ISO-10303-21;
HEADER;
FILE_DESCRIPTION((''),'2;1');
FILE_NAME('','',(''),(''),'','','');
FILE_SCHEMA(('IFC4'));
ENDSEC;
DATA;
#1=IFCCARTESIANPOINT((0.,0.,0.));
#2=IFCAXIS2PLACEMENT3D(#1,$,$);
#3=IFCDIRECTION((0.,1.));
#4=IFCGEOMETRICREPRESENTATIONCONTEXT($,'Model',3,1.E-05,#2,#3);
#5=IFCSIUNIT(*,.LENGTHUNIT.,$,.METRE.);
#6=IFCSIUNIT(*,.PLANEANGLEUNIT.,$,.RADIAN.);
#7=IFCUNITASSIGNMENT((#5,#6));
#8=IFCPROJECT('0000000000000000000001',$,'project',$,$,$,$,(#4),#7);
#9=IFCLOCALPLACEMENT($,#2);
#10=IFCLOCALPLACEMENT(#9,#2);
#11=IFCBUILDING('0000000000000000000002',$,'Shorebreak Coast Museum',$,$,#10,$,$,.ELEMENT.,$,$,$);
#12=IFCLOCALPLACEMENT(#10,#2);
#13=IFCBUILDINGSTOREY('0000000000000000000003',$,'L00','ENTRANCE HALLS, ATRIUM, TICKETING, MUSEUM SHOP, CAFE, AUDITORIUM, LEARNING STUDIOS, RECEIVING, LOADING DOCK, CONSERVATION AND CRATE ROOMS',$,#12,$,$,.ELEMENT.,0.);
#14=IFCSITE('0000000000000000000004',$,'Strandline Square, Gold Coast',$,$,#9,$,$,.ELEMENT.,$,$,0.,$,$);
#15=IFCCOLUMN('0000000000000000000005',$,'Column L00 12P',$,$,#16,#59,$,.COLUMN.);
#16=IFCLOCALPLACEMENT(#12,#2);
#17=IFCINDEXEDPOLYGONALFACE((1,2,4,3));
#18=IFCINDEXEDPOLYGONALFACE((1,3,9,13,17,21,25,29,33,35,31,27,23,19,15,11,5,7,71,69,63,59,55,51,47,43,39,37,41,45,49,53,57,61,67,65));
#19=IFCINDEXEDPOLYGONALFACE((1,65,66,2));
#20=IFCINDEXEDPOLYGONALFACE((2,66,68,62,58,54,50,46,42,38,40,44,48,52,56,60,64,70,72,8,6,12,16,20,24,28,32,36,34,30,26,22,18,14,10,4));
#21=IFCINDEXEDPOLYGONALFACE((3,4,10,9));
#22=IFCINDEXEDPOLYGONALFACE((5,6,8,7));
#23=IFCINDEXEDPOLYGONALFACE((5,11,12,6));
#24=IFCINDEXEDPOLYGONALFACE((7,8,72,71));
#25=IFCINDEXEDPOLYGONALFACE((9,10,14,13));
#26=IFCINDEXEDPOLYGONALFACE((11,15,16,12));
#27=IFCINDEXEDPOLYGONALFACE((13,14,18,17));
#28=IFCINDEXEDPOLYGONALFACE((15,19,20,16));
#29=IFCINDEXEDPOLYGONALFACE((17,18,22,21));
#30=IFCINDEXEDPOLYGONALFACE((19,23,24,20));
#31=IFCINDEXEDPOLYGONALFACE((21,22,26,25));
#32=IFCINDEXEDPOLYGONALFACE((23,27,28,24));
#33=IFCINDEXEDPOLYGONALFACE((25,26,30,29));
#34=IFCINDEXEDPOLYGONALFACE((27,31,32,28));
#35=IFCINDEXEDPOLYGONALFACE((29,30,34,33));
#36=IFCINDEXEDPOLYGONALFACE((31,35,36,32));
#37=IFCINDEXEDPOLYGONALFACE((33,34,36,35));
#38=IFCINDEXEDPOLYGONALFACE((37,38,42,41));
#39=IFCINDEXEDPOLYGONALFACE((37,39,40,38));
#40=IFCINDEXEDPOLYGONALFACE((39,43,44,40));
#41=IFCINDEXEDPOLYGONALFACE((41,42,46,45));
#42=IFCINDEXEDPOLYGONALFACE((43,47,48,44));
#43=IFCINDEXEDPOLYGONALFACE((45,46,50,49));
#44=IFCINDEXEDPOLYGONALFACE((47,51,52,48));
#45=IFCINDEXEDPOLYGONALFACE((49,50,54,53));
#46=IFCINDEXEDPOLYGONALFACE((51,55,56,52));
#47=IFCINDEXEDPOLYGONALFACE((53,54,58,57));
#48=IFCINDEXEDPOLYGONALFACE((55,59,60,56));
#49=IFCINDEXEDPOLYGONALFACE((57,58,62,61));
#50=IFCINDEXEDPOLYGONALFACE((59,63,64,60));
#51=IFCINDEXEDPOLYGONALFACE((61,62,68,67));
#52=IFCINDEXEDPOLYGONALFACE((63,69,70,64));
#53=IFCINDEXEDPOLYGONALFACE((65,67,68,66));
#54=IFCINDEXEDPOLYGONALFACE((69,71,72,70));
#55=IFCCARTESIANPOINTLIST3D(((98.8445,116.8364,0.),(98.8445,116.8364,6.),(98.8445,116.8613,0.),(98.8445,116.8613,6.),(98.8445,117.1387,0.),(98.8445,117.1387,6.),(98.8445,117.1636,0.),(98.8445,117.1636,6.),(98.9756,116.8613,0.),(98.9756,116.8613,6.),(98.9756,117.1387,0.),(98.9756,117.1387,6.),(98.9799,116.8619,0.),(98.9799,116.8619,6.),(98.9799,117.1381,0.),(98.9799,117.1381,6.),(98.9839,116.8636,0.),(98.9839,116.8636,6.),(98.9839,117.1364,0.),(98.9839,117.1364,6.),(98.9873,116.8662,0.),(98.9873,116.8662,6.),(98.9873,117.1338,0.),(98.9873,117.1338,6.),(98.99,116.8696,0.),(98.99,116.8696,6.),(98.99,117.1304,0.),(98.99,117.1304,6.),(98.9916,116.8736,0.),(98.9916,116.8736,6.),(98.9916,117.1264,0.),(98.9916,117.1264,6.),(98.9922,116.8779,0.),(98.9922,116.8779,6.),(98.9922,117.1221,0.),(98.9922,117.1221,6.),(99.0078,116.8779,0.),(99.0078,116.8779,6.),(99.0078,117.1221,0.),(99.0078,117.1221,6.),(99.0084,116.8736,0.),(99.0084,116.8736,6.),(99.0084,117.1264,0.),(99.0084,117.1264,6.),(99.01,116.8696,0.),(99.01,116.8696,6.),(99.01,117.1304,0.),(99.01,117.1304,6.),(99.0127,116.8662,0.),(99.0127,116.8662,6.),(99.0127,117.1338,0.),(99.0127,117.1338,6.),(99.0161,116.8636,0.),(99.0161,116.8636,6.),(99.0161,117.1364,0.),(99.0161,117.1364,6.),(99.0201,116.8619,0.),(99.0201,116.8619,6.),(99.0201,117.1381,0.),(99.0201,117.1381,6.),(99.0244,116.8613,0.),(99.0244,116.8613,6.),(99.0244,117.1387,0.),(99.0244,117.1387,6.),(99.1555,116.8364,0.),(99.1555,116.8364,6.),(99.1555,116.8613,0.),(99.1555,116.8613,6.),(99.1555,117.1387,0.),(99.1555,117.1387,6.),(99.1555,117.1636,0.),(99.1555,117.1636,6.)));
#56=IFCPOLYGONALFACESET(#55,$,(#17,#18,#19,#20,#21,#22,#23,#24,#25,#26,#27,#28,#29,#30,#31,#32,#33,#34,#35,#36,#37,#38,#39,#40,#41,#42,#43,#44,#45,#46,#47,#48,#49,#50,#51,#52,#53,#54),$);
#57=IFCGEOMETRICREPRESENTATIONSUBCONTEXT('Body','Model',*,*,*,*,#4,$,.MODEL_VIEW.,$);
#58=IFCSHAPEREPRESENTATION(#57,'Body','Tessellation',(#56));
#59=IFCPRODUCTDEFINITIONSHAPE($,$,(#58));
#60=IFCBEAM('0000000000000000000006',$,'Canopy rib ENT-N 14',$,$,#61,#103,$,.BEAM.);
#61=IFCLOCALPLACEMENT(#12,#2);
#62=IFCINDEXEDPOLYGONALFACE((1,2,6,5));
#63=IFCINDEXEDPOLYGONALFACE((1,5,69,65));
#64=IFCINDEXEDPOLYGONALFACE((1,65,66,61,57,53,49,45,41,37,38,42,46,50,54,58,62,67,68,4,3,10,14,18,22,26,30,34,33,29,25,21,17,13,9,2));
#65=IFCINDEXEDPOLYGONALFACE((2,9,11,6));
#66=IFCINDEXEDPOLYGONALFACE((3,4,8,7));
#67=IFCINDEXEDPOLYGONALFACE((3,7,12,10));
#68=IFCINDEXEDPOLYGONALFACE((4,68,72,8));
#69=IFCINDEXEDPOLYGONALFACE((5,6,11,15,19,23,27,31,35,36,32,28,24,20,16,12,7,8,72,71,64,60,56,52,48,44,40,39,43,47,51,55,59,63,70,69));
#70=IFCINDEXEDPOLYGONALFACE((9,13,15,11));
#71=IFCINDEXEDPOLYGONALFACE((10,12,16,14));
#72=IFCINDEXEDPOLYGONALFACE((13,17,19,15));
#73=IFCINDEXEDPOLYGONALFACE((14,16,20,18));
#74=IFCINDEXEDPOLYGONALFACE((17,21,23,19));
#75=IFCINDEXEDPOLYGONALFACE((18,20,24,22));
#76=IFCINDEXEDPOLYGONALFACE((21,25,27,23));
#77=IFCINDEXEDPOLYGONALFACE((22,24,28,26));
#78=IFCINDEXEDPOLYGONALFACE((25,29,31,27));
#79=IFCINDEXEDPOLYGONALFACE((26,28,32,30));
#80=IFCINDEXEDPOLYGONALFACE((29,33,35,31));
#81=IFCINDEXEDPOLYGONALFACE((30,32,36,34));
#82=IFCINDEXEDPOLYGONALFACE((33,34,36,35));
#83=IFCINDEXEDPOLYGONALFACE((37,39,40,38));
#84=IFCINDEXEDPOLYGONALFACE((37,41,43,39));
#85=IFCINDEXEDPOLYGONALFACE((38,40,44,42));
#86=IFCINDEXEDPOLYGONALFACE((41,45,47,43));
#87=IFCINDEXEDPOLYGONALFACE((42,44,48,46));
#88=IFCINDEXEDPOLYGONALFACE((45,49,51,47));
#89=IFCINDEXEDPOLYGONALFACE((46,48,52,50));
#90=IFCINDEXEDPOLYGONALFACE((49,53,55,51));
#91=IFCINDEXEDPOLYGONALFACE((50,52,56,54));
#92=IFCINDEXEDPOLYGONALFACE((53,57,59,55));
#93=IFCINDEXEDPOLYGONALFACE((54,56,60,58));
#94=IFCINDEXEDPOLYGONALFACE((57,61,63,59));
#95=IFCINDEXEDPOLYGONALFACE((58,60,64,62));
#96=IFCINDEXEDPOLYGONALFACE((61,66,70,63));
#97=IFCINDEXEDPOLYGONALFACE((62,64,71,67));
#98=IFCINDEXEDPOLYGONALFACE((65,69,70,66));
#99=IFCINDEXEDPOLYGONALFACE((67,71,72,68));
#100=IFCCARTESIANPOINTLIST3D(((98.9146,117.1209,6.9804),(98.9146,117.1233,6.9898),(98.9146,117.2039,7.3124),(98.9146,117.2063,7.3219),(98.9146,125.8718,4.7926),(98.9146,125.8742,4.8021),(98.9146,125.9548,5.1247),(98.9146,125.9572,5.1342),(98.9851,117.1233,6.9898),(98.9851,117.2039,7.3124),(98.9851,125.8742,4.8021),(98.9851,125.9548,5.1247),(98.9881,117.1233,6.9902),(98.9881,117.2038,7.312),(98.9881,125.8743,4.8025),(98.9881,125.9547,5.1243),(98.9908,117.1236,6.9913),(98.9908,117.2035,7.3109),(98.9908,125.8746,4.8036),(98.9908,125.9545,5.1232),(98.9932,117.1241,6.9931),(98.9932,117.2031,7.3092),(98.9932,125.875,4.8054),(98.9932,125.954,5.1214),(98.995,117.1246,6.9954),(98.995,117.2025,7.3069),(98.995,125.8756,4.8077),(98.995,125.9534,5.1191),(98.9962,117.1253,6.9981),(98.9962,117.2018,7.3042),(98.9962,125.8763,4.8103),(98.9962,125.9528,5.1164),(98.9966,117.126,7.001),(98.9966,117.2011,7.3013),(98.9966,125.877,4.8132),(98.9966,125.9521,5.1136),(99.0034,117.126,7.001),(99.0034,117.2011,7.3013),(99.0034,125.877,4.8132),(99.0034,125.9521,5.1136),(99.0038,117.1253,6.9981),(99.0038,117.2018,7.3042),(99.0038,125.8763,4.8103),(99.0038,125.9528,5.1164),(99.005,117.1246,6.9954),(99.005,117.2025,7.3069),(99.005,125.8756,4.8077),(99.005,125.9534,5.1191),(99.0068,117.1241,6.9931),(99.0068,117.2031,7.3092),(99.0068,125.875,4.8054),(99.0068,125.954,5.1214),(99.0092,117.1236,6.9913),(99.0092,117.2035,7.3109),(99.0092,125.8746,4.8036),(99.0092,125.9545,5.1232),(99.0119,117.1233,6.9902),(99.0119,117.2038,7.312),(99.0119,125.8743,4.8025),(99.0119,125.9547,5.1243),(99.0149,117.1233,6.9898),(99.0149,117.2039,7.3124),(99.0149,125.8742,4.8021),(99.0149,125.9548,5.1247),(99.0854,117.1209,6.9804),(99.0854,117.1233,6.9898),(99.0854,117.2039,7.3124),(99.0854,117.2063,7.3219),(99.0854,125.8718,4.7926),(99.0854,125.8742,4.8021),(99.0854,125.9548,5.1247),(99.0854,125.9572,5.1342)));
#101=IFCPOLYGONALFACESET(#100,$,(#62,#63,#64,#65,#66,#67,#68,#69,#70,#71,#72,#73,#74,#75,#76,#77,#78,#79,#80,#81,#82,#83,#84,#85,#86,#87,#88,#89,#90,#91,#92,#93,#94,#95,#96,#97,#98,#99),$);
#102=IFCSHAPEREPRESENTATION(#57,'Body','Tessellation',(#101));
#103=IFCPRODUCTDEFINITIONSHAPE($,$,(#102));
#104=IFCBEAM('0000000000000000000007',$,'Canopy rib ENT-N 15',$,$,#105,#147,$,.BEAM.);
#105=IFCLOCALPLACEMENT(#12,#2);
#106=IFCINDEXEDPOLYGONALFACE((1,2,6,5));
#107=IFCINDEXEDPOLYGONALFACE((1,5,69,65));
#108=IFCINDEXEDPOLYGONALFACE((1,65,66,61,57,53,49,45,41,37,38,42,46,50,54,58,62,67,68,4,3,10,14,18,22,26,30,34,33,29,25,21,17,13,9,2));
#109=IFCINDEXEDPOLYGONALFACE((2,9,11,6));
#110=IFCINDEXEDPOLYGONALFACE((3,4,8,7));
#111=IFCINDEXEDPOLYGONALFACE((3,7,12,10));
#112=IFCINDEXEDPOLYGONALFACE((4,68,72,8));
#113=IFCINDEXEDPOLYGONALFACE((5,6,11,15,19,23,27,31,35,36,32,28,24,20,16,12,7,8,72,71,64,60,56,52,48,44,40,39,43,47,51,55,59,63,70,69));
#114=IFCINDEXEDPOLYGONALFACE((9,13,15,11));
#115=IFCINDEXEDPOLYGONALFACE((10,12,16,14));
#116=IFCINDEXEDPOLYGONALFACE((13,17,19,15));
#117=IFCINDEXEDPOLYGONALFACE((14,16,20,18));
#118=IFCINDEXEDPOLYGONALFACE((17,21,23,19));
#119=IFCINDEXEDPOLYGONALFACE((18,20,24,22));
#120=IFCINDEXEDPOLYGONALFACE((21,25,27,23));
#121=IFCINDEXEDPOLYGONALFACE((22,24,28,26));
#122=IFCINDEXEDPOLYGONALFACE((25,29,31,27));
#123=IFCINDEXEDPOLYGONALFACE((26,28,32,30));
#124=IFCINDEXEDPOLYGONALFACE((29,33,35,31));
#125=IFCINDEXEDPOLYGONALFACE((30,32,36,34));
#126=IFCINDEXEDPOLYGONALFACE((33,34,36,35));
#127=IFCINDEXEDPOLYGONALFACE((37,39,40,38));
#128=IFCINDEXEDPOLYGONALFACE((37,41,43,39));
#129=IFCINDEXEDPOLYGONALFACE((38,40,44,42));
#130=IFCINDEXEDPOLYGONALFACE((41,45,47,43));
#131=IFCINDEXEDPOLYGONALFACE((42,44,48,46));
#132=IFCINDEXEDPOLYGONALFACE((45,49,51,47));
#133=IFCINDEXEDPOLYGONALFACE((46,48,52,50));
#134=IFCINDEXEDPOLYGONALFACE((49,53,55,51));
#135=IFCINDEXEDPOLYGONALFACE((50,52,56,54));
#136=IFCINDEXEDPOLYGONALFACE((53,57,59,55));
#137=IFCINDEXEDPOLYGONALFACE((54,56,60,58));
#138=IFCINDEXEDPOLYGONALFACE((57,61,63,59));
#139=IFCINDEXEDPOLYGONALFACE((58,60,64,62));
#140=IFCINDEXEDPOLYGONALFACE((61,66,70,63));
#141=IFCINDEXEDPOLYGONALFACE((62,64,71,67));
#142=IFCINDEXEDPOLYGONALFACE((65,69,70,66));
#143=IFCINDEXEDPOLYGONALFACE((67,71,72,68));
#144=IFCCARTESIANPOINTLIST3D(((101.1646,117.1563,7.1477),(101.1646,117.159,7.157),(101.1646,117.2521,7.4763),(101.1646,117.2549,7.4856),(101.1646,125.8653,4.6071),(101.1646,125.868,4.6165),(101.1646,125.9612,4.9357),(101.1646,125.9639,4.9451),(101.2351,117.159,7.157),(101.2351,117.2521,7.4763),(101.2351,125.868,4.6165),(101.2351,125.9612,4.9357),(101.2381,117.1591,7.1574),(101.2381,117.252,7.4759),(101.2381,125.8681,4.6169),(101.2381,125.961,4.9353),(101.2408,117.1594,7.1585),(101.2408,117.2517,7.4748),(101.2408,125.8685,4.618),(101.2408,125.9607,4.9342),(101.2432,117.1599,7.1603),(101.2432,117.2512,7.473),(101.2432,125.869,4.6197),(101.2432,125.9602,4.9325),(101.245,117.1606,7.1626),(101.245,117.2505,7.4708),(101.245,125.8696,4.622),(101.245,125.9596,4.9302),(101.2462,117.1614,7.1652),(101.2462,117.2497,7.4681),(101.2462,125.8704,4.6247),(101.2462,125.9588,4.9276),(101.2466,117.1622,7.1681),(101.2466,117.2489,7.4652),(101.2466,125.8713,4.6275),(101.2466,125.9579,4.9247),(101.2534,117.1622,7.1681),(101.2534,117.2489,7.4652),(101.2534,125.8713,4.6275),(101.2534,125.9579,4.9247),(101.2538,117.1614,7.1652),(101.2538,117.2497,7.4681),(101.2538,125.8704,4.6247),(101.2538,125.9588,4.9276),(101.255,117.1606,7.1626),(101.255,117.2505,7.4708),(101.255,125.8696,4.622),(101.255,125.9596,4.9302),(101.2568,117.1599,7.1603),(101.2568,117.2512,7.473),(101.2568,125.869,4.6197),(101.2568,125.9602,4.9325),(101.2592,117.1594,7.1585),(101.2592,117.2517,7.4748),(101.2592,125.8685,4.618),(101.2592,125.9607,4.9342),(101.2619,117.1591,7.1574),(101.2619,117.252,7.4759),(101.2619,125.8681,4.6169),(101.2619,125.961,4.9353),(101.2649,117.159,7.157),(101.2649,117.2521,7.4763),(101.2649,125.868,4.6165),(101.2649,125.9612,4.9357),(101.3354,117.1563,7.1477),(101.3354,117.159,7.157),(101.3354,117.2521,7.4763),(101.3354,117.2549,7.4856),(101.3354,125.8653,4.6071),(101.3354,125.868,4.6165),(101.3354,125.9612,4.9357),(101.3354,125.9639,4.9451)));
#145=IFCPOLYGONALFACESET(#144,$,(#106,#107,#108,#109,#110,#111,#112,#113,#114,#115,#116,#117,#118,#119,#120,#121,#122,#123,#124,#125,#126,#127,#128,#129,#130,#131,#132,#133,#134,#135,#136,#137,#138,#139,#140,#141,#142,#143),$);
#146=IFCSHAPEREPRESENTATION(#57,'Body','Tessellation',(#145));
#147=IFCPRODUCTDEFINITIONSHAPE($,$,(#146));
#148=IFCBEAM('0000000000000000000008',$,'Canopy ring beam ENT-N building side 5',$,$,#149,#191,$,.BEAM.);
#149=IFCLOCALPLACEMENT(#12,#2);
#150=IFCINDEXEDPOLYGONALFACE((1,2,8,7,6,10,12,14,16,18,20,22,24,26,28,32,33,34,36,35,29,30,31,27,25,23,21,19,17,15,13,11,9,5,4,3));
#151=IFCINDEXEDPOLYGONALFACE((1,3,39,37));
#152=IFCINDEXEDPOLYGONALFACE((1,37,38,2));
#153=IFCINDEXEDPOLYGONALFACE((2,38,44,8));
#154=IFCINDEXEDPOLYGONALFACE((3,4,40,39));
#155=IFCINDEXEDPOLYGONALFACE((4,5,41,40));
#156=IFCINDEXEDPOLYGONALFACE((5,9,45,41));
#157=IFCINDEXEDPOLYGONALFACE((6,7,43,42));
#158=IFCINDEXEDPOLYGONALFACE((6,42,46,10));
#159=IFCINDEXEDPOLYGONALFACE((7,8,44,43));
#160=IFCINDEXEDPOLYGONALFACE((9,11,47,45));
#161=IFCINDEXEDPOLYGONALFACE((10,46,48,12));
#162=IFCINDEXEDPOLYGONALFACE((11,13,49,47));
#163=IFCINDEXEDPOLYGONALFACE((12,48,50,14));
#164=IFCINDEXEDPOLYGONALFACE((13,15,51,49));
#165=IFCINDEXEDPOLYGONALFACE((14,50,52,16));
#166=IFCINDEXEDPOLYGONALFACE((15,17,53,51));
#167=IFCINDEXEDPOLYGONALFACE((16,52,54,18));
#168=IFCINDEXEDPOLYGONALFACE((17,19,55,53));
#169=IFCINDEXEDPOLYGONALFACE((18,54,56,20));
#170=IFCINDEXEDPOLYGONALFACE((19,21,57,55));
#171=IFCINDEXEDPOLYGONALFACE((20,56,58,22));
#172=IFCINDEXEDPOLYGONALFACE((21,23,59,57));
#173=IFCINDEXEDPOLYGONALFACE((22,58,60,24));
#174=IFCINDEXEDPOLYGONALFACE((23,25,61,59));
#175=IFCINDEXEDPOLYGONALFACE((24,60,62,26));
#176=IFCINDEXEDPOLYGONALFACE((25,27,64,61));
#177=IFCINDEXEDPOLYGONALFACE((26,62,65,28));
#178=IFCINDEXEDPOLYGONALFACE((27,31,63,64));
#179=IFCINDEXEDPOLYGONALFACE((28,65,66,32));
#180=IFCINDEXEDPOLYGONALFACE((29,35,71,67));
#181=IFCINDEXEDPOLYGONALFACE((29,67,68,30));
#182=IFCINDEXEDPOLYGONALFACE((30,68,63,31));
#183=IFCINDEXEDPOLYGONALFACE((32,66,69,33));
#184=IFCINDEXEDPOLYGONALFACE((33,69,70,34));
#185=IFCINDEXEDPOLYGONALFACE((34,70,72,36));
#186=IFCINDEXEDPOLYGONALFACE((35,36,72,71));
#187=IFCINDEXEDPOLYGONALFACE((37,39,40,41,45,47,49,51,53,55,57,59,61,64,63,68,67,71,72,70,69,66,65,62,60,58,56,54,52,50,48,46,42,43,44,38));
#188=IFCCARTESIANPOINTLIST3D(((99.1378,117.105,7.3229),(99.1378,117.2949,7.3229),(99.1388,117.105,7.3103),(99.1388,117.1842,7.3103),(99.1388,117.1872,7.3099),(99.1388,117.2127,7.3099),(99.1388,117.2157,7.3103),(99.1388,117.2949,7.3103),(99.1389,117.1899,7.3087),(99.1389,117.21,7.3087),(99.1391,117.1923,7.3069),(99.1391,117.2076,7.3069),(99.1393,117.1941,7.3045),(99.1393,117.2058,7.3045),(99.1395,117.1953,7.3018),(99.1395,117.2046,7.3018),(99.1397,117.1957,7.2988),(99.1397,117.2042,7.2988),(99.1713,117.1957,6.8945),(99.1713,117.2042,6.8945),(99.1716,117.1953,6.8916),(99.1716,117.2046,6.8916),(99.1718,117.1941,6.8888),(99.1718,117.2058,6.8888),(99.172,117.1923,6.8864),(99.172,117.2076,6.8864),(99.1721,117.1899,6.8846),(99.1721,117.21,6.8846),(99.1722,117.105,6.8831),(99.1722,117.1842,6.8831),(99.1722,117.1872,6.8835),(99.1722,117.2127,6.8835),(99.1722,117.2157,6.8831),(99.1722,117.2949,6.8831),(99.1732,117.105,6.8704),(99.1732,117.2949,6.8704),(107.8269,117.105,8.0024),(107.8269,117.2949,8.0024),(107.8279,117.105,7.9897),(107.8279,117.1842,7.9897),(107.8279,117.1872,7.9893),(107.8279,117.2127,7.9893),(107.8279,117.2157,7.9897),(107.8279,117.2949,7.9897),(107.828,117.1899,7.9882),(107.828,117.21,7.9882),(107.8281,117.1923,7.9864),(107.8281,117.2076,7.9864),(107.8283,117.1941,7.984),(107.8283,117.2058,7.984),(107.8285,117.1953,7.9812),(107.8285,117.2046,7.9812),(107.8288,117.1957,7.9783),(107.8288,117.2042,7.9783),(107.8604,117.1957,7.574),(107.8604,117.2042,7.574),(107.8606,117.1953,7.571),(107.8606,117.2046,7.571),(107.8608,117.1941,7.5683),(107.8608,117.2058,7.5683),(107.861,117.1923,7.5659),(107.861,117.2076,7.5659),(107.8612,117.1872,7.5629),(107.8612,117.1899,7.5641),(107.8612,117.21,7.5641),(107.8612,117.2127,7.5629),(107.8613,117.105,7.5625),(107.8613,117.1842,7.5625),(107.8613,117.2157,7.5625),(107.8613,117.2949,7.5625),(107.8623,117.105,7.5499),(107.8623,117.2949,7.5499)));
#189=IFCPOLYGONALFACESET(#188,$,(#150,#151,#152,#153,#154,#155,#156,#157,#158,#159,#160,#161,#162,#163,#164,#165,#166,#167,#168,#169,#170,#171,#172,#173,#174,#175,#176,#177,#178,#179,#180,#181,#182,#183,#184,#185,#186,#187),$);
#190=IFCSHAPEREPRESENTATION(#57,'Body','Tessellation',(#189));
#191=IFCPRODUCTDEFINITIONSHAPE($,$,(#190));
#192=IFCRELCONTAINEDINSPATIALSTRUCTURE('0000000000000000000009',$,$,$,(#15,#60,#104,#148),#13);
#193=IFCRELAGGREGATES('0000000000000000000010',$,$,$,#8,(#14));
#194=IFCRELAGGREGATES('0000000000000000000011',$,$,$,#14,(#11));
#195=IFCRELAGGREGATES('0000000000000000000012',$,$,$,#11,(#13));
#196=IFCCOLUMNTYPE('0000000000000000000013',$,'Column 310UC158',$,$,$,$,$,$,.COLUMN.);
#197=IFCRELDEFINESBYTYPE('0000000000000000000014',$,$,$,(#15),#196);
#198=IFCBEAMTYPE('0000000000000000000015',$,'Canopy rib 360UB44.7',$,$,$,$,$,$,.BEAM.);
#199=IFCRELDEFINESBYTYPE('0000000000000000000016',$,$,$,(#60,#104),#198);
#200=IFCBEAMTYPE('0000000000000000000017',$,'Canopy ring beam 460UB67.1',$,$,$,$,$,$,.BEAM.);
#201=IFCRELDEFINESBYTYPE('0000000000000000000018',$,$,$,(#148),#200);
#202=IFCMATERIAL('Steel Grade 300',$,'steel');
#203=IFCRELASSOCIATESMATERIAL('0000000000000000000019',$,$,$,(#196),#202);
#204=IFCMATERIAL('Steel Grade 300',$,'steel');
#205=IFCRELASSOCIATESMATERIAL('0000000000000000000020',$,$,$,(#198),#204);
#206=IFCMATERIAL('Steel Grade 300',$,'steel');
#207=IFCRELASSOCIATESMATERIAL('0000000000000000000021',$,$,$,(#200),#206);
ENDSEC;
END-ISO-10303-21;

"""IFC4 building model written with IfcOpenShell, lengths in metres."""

from ifc_helpers import new_model, si_unit, direction, frame, origin, origin_2d, place, context, subcontext, project, spatial, i_section, extrude, material, material_profile, profile_set, type_object, element, save


model = new_model("IFC4")

# Units and contexts
model_context = context("Model", 3, precision=1e-05, world=origin(), true_north=direction((0.0, 1.0)))
body_context = subcontext(model_context, "Body", "Model", "MODEL_VIEW")
ifc_project = project(units=[si_unit("LENGTHUNIT", "METRE"), si_unit("PLANEANGLEUNIT", "RADIAN")], contexts=[model_context])

# Site, building, storey
site_placement = place(None, origin())
site = spatial("IfcSite", under=ifc_project, at=site_placement, Name="Strandline Square, Gold Coast", CompositionType="ELEMENT", RefElevation=0.0)
building_placement = place(site_placement, origin())
building = spatial("IfcBuilding", under=site, at=building_placement, Name="Shorebreak Coast Museum", CompositionType="ELEMENT")
storey_placement = place(building_placement, origin())
storey = spatial("IfcBuildingStorey", under=building, at=storey_placement, Name="L00", Description="ENTRANCE HALLS, ATRIUM, TICKETING, MUSEUM SHOP, CAFE, AUDITORIUM, LEARNING STUDIOS, RECEIVING, LOADING DOCK, CONSERVATION AND CRATE ROOMS", CompositionType="ELEMENT", Elevation=0.0)

# Column
ifc_material_1 = material(Name="Steel Grade 300", Category="steel")
ifc_material_profile_1 = material_profile(ifc_material_1, i_section(OverallWidth=0.311, OverallDepth=0.3271, WebThickness=0.0156, FlangeThickness=0.0249, FilletRadius=0.0166, at=origin_2d()), Name="310UC158")
ifc_profile_set_1 = profile_set([ifc_material_profile_1], Name="Steel Grade 300")
column_type = type_object("IfcColumnType", Name="Column 310UC158", PredefinedType="COLUMN", material=ifc_profile_set_1)
column_placement = place(storey_placement, frame((99.0, 117.0, 0.0), z_axis=(0.0, 0.0, 1.0), x_axis=(1.0, 0.0, 0.0)))
element("IfcColumn", 1, at=column_placement, inside=storey, type_object=column_type, Name="Column L00 12P", PredefinedType="COLUMN", context=body_context, shape_type="SweptSolid", body=[
    extrude(i_section(OverallWidth=0.311, OverallDepth=0.3271, WebThickness=0.0156, FlangeThickness=0.0249, FilletRadius=0.0166, at=origin_2d()), origin(), (0.0, 0.0, 1.0), 6.0),
])

# Beams
ifc_material_2 = material(Name="Steel Grade 300", Category="steel")
ifc_material_profile_2 = material_profile(ifc_material_2, i_section(OverallWidth=0.1709, OverallDepth=0.3521, WebThickness=0.0068, FlangeThickness=0.0098, FilletRadius=0.0115, at=origin_2d()), Name="360UB44.7")
ifc_profile_set_2 = profile_set([ifc_material_profile_2], Name="Steel Grade 300")
beam_type_1 = type_object("IfcBeamType", Name="Canopy rib 360UB44.7", PredefinedType="BEAM", material=ifc_profile_set_2)
beam_1_placement = place(storey_placement, frame((99.0, 117.1636, 7.1511), z_axis=(0.0, 0.970143, -0.242536), x_axis=(-1.0, 0.0, 0.0)))
element("IfcBeam", 2, at=beam_1_placement, inside=storey, type_object=beam_type_1, Name="Canopy rib ENT-N 14", PredefinedType="BEAM", context=body_context, shape_type="SweptSolid", body=[
    extrude(i_section(OverallWidth=0.1709, OverallDepth=0.3521, WebThickness=0.0068, FlangeThickness=0.0098, FilletRadius=0.0115, at=origin_2d()), origin(), (0.0, 0.0, 1.0), 9.0203),
])
beam_2_placement = place(storey_placement, frame((101.25, 117.2056, 7.3167), z_axis=(0.0, 0.959988, -0.280041), x_axis=(-1.0, 0.0, 0.0)))
element("IfcBeam", 3, at=beam_2_placement, inside=storey, type_object=beam_type_1, Name="Canopy rib ENT-N 15", PredefinedType="BEAM", context=body_context, shape_type="SweptSolid", body=[
    extrude(i_section(OverallWidth=0.1709, OverallDepth=0.3521, WebThickness=0.0068, FlangeThickness=0.0098, FilletRadius=0.0115, at=origin_2d()), origin(), (0.0, 0.0, 1.0), 9.072),
])
ifc_material_3 = material(Name="Steel Grade 300", Category="steel")
ifc_material_profile_3 = material_profile(ifc_material_3, i_section(OverallWidth=0.1899, OverallDepth=0.4539, WebThickness=0.0085, FlangeThickness=0.0127, FilletRadius=0.0115, at=origin_2d()), Name="460UB67.1")
ifc_profile_set_3 = profile_set([ifc_material_profile_3], Name="Steel Grade 300")
beam_type_2 = type_object("IfcBeamType", Name="Canopy ring beam 460UB67.1", PredefinedType="BEAM", material=ifc_profile_set_3)
beam_3_placement = place(storey_placement, frame((99.1555, 117.2, 7.0967), z_axis=(0.996957, 0.0, 0.077958), x_axis=(0.0, 1.0, 0.0)))
element("IfcBeam", 4, at=beam_3_placement, inside=storey, type_object=beam_type_2, Name="Canopy ring beam ENT-N building side 5", PredefinedType="BEAM", context=body_context, shape_type="SweptSolid", body=[
    extrude(i_section(OverallWidth=0.1899, OverallDepth=0.4539, WebThickness=0.0085, FlangeThickness=0.0127, FilletRadius=0.0115, at=origin_2d()), origin(), (0.0, 0.0, 1.0), 8.7156),
])

save(model, "model.ifc")
